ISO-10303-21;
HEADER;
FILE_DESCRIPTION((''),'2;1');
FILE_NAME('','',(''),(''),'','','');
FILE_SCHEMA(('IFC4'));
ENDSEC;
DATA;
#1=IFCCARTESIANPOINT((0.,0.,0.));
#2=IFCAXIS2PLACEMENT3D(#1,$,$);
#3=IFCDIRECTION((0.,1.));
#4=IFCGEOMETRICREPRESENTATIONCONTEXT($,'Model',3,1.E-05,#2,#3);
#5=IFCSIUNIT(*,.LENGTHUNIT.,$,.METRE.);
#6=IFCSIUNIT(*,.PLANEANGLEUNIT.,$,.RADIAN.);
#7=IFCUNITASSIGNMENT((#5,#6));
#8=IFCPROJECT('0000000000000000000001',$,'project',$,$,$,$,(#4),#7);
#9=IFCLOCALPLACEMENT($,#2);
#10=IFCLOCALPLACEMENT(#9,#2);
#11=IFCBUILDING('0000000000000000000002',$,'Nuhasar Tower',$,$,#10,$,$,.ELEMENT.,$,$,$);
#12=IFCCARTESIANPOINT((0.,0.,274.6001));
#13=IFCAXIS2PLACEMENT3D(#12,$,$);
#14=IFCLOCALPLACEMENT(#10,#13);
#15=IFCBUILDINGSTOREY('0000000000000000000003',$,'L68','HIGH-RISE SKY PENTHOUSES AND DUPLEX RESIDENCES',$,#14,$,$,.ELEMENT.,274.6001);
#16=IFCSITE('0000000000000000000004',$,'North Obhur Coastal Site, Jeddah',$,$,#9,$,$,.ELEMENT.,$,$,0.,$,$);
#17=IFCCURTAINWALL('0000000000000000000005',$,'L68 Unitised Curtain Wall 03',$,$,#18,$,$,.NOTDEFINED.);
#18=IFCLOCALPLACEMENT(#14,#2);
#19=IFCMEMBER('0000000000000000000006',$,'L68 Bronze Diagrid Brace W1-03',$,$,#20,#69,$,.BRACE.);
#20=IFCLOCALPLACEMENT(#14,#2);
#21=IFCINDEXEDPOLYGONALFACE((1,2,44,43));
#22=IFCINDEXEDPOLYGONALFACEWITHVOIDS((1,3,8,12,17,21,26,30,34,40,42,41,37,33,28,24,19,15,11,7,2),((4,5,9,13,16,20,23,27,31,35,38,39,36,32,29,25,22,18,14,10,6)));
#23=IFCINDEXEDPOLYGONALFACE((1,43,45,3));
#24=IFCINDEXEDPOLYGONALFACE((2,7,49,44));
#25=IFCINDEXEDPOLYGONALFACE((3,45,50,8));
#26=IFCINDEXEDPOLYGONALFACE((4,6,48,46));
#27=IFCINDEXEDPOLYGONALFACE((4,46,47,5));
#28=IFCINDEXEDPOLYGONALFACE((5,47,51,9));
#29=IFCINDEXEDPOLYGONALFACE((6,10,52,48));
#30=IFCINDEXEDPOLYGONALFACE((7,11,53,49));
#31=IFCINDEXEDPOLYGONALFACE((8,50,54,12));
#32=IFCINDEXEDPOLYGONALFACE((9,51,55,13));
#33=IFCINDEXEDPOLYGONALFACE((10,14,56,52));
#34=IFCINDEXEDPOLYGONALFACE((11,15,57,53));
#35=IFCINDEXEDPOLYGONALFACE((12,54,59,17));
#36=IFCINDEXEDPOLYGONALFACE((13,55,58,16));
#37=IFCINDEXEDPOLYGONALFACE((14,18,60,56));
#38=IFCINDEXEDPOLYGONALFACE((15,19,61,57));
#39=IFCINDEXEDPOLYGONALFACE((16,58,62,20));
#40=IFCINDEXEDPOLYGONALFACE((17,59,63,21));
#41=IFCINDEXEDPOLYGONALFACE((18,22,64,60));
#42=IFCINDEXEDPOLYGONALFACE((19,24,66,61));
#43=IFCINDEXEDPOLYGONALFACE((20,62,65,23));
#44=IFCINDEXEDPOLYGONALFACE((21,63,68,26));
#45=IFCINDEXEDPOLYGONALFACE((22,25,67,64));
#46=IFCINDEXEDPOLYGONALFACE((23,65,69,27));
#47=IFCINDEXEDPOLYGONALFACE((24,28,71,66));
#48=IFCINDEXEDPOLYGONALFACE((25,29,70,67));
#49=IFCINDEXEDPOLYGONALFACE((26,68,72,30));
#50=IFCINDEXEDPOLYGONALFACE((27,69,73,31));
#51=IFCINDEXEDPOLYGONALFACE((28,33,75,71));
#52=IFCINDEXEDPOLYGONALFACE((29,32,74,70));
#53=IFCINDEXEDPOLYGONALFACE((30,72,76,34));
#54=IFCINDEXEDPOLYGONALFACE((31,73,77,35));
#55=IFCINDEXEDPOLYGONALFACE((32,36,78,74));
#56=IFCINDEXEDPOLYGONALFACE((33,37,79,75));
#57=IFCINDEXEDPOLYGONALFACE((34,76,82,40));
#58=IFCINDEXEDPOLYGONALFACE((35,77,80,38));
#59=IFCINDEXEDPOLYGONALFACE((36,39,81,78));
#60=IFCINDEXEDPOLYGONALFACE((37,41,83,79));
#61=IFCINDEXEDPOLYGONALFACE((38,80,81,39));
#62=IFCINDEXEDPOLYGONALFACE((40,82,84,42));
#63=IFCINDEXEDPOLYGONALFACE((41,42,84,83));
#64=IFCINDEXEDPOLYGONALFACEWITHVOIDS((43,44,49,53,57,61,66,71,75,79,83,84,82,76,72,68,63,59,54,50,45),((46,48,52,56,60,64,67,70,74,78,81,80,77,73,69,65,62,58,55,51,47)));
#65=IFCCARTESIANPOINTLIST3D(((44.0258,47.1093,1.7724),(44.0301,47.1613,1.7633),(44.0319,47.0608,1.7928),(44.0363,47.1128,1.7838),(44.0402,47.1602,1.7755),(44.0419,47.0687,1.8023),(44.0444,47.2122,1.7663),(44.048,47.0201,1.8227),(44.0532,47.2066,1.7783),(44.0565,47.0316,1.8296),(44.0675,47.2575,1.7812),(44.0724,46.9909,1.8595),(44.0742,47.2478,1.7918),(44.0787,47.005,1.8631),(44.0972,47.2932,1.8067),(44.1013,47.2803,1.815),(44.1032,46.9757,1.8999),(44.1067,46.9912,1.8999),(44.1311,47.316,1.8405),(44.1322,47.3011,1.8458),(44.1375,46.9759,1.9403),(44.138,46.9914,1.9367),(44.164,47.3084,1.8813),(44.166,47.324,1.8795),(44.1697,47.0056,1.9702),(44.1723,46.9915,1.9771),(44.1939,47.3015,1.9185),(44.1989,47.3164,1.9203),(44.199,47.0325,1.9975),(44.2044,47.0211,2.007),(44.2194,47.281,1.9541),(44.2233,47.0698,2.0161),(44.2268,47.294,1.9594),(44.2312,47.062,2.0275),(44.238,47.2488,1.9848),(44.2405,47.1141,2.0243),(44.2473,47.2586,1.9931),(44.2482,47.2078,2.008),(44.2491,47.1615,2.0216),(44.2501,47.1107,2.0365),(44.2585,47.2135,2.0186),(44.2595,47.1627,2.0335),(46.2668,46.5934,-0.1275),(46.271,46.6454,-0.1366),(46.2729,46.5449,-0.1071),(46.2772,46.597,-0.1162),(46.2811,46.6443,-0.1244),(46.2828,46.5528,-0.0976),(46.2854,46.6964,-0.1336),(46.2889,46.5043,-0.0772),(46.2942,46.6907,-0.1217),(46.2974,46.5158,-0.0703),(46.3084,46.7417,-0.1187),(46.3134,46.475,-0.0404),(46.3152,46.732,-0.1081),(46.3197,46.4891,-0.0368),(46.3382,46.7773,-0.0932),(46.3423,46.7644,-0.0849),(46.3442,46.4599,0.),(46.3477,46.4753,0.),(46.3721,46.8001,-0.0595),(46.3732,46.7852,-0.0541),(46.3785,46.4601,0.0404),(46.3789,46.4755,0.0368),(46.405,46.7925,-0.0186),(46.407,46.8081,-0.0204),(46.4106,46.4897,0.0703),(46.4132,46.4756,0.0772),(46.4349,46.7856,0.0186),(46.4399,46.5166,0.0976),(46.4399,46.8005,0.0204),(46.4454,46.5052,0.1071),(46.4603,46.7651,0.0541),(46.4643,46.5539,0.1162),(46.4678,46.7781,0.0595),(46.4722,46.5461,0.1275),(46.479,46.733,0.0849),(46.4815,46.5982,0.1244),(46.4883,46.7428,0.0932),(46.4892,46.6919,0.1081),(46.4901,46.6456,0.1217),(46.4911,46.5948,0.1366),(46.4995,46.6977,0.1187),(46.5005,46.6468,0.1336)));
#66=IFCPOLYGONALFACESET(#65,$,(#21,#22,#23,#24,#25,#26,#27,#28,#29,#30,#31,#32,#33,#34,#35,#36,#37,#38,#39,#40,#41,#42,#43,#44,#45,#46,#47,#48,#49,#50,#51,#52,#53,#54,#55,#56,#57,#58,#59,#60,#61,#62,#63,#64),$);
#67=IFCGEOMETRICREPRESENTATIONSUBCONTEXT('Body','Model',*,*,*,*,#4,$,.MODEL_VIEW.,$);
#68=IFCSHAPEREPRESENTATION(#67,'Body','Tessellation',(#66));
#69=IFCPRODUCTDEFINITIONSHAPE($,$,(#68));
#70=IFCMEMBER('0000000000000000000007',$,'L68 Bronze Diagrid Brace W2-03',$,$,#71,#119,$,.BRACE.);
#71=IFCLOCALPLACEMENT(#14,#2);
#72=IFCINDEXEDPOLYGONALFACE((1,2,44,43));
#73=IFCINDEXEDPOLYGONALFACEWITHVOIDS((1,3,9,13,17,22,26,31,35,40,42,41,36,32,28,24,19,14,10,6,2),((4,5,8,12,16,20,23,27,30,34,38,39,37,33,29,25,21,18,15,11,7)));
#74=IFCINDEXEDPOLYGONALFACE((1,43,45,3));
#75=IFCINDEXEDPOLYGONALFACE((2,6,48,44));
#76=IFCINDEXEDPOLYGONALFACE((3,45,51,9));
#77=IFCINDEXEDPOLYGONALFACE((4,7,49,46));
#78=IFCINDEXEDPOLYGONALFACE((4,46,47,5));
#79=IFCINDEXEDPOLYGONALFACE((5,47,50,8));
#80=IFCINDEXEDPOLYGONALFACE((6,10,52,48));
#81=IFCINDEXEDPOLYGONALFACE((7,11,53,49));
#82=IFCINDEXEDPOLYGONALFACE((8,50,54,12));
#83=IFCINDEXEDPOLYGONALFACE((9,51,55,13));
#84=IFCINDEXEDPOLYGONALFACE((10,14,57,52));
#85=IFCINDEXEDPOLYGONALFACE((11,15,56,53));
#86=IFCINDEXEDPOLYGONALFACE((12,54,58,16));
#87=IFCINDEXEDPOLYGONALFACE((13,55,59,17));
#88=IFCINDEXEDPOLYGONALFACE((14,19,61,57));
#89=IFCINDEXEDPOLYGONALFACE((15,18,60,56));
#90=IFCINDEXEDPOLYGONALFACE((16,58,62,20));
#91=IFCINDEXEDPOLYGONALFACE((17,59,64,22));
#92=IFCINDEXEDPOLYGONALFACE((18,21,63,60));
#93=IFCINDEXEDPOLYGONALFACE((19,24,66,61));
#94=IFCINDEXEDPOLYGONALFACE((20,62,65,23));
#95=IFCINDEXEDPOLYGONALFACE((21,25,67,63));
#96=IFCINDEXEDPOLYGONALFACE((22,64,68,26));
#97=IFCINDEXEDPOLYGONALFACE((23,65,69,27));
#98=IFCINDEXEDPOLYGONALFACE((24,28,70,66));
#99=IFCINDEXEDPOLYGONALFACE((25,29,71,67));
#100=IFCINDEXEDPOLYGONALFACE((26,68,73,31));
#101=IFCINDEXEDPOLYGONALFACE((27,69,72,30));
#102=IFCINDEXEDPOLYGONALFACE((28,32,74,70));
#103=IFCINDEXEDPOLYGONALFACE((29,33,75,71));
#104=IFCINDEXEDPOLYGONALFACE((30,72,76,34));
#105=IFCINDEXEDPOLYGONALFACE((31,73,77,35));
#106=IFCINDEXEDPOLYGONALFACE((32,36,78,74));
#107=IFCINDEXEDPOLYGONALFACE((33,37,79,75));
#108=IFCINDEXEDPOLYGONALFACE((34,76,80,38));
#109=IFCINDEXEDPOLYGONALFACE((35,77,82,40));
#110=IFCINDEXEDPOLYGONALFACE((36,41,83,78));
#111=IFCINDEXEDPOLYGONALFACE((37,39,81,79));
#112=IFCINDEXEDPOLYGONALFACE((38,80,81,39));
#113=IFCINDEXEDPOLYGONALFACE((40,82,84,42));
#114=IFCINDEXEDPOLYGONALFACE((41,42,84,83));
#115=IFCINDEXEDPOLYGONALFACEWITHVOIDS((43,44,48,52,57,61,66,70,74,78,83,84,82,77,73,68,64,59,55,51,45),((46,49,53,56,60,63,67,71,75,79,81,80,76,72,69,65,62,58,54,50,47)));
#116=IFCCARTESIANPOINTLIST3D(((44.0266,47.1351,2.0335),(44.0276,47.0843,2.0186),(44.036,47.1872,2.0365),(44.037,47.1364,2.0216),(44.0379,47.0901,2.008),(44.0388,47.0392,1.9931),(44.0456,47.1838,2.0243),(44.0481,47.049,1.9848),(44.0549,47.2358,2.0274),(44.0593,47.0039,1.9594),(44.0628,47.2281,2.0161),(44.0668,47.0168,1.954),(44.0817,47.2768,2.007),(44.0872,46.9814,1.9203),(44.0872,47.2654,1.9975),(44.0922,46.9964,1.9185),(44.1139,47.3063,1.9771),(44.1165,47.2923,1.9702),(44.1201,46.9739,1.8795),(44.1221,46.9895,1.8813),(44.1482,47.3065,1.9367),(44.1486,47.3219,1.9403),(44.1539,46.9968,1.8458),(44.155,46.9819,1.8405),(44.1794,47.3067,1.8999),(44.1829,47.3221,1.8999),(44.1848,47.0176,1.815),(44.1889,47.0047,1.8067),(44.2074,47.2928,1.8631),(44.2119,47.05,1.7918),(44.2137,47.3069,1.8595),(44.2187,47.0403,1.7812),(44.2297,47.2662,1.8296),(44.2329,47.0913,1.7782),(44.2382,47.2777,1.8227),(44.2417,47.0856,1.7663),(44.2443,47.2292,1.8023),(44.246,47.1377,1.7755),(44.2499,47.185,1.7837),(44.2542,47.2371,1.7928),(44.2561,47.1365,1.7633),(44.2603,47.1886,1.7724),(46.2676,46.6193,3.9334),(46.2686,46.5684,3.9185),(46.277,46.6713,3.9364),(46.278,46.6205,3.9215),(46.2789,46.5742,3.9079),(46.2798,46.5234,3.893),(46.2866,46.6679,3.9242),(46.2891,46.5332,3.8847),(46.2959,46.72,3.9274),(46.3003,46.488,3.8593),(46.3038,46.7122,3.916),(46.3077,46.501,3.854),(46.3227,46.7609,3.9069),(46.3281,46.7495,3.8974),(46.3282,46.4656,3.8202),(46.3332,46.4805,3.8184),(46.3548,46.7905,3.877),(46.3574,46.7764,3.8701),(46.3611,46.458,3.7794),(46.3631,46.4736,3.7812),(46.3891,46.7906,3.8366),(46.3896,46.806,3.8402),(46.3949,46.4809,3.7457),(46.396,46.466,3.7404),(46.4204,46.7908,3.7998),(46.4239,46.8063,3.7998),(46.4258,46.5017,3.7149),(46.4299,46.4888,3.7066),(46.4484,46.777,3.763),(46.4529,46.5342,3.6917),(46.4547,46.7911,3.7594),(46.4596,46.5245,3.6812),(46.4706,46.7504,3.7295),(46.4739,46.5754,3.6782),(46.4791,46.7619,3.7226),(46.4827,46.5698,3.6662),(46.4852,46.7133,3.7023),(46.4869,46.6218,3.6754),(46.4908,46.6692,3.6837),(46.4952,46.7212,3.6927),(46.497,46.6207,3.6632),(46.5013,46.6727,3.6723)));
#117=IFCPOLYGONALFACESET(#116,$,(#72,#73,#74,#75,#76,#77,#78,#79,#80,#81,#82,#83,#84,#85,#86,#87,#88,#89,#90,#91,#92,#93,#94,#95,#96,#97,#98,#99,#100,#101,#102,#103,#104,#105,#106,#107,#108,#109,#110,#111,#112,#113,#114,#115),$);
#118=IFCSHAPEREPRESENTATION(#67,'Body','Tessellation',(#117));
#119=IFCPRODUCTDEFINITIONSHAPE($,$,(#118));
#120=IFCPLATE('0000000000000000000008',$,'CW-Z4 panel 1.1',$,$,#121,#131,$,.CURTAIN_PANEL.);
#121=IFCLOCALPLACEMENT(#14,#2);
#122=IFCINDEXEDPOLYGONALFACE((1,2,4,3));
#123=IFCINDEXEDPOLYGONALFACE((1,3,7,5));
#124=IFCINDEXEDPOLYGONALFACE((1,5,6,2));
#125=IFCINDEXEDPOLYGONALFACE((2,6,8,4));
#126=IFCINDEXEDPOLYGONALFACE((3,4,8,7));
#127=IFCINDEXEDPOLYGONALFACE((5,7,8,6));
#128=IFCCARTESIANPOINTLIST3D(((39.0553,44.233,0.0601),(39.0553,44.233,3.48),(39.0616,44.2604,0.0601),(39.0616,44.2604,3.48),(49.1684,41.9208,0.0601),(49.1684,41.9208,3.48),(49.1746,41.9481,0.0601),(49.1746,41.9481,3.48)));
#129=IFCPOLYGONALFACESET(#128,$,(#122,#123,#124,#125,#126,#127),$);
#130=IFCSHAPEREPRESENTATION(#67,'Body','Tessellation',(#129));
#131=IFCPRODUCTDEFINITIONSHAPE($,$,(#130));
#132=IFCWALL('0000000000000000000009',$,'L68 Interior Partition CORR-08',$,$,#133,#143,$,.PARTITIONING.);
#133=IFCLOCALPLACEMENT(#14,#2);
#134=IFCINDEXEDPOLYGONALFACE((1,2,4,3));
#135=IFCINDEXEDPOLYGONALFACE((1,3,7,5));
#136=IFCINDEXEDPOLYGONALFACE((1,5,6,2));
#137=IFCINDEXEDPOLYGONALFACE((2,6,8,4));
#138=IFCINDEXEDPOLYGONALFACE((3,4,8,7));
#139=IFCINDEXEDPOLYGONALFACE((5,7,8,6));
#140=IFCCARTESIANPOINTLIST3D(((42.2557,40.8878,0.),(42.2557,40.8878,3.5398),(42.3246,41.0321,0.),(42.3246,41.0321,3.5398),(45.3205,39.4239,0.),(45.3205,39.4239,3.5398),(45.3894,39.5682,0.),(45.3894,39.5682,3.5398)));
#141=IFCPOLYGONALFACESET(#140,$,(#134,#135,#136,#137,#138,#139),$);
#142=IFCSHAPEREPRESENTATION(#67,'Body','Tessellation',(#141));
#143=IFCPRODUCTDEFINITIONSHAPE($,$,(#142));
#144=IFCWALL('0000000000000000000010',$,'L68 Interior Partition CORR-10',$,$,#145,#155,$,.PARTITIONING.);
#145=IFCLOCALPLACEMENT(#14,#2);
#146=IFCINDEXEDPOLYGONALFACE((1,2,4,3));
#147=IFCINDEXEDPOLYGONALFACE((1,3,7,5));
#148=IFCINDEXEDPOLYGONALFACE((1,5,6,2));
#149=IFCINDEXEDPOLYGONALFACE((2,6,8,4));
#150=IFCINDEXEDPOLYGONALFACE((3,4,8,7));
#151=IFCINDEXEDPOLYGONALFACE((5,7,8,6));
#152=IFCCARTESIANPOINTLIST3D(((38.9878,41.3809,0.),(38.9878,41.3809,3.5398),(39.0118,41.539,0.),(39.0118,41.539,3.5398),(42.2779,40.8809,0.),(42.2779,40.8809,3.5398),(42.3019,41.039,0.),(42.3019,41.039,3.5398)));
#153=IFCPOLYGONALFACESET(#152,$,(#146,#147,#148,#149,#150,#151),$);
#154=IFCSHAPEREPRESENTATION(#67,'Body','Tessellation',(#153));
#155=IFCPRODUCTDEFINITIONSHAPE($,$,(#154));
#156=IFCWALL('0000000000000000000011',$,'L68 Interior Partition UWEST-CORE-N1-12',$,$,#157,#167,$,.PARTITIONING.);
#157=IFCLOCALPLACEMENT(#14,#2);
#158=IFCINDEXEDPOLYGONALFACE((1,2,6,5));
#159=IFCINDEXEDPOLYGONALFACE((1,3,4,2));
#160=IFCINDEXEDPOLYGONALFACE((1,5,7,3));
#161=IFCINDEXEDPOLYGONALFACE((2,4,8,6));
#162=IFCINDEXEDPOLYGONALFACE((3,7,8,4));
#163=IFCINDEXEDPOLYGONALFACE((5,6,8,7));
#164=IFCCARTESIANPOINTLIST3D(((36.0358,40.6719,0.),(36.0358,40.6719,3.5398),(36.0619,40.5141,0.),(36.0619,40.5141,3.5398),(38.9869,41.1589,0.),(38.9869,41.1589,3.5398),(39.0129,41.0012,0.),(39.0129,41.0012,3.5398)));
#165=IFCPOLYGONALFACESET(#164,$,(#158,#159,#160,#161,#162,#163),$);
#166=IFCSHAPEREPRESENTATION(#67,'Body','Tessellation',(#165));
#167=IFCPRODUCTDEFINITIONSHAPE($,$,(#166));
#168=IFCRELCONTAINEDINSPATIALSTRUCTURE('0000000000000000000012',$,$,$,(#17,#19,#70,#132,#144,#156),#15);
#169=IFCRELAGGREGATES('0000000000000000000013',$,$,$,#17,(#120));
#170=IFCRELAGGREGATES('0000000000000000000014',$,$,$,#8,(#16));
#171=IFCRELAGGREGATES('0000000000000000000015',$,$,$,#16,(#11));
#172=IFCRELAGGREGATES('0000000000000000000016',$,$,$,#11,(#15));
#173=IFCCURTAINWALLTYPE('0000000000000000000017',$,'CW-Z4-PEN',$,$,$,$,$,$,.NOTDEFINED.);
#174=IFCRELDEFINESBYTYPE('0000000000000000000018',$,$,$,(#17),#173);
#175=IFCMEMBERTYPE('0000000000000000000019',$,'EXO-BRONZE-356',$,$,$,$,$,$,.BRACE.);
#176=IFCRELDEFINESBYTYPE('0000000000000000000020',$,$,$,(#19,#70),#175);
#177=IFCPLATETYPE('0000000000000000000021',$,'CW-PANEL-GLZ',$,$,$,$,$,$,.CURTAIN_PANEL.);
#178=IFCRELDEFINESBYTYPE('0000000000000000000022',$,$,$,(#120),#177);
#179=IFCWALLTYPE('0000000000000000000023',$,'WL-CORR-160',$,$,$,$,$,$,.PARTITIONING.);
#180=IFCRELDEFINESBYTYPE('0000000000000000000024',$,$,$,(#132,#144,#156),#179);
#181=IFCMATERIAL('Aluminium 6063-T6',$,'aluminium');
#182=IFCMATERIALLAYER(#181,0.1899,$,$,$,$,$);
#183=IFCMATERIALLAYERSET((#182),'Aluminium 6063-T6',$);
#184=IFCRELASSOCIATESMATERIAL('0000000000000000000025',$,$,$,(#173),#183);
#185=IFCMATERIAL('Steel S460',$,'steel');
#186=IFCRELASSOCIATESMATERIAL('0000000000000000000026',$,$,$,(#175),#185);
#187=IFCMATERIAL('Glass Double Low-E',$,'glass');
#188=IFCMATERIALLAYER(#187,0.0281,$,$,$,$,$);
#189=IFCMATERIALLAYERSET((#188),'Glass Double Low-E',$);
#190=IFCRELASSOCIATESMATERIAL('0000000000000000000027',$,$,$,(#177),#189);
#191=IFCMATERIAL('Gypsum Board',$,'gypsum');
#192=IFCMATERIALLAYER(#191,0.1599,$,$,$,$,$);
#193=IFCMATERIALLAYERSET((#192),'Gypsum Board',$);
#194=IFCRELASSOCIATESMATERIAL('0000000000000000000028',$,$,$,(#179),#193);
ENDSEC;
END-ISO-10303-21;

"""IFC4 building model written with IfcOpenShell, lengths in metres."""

from ifc_helpers import new_model, si_unit, direction, frame, frame_2d, origin, origin_2d, place, context, subcontext, project, spatial, rectangle, hollow_circle, extrude, material, layer, layer_set, material_profile, profile_set, type_object, element, aggregate, save


model = new_model("IFC4")

# Units and contexts
model_context = context("Model", 3, precision=1e-05, world=origin(), true_north=direction((0.0, 1.0)))
body_context = subcontext(model_context, "Body", "Model", "MODEL_VIEW")
ifc_project = project(units=[si_unit("LENGTHUNIT", "METRE"), si_unit("PLANEANGLEUNIT", "RADIAN")], contexts=[model_context])

# Site, building, storey
site_placement = place(None, origin())
site = spatial("IfcSite", under=ifc_project, at=site_placement, Name="North Obhur Coastal Site, Jeddah", CompositionType="ELEMENT", RefElevation=0.0)
building_placement = place(site_placement, origin())
building = spatial("IfcBuilding", under=site, at=building_placement, Name="Nuhasar Tower", CompositionType="ELEMENT")
storey_placement = place(building_placement, frame((0.0, 0.0, 274.6001)))
storey = spatial("IfcBuildingStorey", under=building, at=storey_placement, Name="L68", Description="HIGH-RISE SKY PENTHOUSES AND DUPLEX RESIDENCES", CompositionType="ELEMENT", Elevation=274.6001)

# Curtain wall
ifc_material_1 = material(Name="Aluminium 6063-T6", Category="aluminium")
ifc_layer_1 = layer(ifc_material_1, 0.1899)
ifc_layer_set_1 = layer_set([ifc_layer_1], Name="Aluminium 6063-T6")
curtain_wall_type = type_object("IfcCurtainWallType", Name="CW-Z4-PEN", PredefinedType="NOTDEFINED", material=ifc_layer_set_1)
curtain_wall_placement = place(storey_placement, origin())
curtain_wall = element("IfcCurtainWall", 1, at=curtain_wall_placement, inside=storey, type_object=curtain_wall_type, Name="L68 Unitised Curtain Wall 03", PredefinedType="NOTDEFINED")

# Members
ifc_material_2 = material(Name="Steel S460", Category="steel")
ifc_material_profile_1 = material_profile(ifc_material_2, hollow_circle(Radius=0.1777, WallThickness=0.0159, at=origin_2d()), Name="HSS355.6X15.9")
ifc_profile_set_1 = profile_set([ifc_material_profile_1], Name="Steel S460")
member_type_1 = type_object("IfcMemberType", Name="EXO-BRONZE-356", PredefinedType="BRACE", material=ifc_profile_set_1)
for number, where, z_axis, x_axis, name in (
    (2, (46.384, 46.6331, 0.0), (-0.751272, 0.172942, 0.636932), (-0.224332, -0.974513, 0.0), "L68 Bronze Diagrid Brace W1-03"),
    (3, (44.1431, 47.1489, 1.8999), (0.751272, -0.172942, 0.636932), (0.224332, 0.974513, 0.0), "L68 Bronze Diagrid Brace W2-03"),
):
    element("IfcMember", number, at=place(storey_placement, frame(where, z_axis=z_axis, x_axis=x_axis)), inside=storey, type_object=member_type_1, Name=name, PredefinedType="BRACE", context=body_context, shape_type="SweptSolid", body=[
        extrude(hollow_circle(Radius=0.1777, WallThickness=0.0159, at=origin_2d()), origin(), (0.0, 0.0, 1.0), 2.9829),
    ])

# Plate
ifc_material_3 = material(Name="Glass Double Low-E", Category="glass")
ifc_layer_2 = layer(ifc_material_3, 0.0281)
ifc_layer_set_2 = layer_set([ifc_layer_2], Name="Glass Double Low-E")
plate_type = type_object("IfcPlateType", Name="CW-PANEL-GLZ", PredefinedType="CURTAIN_PANEL", material=ifc_layer_set_2)
plate_placement = place(storey_placement, frame((44.115, 43.0906, 0.0601), z_axis=(0.0, 0.0, 1.0), x_axis=(-0.974844, 0.222889, 0.0)))
plate = element("IfcPlate", 4, at=plate_placement, type_object=plate_type, Name="CW-Z4 panel 1.1", PredefinedType="CURTAIN_PANEL", context=body_context, shape_type="SweptSolid", body=[
    extrude(rectangle(XDim=10.374, YDim=0.0281, at=origin_2d()), origin(), (0.0, 0.0, 1.0), 3.4199),
])
aggregate(curtain_wall, [plate])

# Shared definitions
ifc_material_4 = material(Name="Gypsum Board", Category="gypsum")
ifc_layer_3 = layer(ifc_material_4, 0.1599)
ifc_layer_set_3 = layer_set([ifc_layer_3], Name="Gypsum Board")
wall_type_1 = type_object("IfcWallType", Name="WL-CORR-160", PredefinedType="PARTITIONING", material=ifc_layer_set_3)

# Walls
wall_1_placement = place(storey_placement, frame((45.355, 39.4961, 0.0), z_axis=(0.0, 0.0, 1.0), x_axis=(-0.90236, 0.430982, 0.0)))
element("IfcWall", 5, at=wall_1_placement, inside=storey, type_object=wall_type_1, Name="L68 Interior Partition CORR-08", PredefinedType="PARTITIONING", context=body_context, shape_type="SweptSolid", body=[
    extrude(rectangle(XDim=3.3965, YDim=0.1599, at=frame_2d((1.6982, 0.0))), origin(), (0.0, 0.0, 1.0), 3.5398),
])
wall_2_placement = place(storey_placement, frame((42.29, 40.96, 0.0), z_axis=(0.0, 0.0, 1.0), x_axis=(-0.988648, 0.150249, 0.0)))
element("IfcWall", 6, at=wall_2_placement, inside=storey, type_object=wall_type_1, Name="L68 Interior Partition CORR-10", PredefinedType="PARTITIONING", context=body_context, shape_type="SweptSolid", body=[
    extrude(rectangle(XDim=3.3279, YDim=0.1599, at=frame_2d((1.6641, 0.0))), origin(), (0.0, 0.0, 1.0), 3.5398),
])
wall_3_placement = place(storey_placement, frame((39.0, 41.0801, 0.0), z_axis=(0.0, 0.0, 1.0), x_axis=(-0.986651, -0.16285, 0.0)))
element("IfcWall", 7, at=wall_3_placement, inside=storey, type_object=wall_type_1, Name="L68 Interior Partition UWEST-CORE-N1-12", PredefinedType="PARTITIONING", context=body_context, shape_type="SweptSolid", body=[
    extrude(rectangle(XDim=2.991, YDim=0.1599, at=frame_2d((1.4956, 0.0))), origin(), (0.0, 0.0, 1.0), 3.5398),
])

save(model, "model.ifc")
